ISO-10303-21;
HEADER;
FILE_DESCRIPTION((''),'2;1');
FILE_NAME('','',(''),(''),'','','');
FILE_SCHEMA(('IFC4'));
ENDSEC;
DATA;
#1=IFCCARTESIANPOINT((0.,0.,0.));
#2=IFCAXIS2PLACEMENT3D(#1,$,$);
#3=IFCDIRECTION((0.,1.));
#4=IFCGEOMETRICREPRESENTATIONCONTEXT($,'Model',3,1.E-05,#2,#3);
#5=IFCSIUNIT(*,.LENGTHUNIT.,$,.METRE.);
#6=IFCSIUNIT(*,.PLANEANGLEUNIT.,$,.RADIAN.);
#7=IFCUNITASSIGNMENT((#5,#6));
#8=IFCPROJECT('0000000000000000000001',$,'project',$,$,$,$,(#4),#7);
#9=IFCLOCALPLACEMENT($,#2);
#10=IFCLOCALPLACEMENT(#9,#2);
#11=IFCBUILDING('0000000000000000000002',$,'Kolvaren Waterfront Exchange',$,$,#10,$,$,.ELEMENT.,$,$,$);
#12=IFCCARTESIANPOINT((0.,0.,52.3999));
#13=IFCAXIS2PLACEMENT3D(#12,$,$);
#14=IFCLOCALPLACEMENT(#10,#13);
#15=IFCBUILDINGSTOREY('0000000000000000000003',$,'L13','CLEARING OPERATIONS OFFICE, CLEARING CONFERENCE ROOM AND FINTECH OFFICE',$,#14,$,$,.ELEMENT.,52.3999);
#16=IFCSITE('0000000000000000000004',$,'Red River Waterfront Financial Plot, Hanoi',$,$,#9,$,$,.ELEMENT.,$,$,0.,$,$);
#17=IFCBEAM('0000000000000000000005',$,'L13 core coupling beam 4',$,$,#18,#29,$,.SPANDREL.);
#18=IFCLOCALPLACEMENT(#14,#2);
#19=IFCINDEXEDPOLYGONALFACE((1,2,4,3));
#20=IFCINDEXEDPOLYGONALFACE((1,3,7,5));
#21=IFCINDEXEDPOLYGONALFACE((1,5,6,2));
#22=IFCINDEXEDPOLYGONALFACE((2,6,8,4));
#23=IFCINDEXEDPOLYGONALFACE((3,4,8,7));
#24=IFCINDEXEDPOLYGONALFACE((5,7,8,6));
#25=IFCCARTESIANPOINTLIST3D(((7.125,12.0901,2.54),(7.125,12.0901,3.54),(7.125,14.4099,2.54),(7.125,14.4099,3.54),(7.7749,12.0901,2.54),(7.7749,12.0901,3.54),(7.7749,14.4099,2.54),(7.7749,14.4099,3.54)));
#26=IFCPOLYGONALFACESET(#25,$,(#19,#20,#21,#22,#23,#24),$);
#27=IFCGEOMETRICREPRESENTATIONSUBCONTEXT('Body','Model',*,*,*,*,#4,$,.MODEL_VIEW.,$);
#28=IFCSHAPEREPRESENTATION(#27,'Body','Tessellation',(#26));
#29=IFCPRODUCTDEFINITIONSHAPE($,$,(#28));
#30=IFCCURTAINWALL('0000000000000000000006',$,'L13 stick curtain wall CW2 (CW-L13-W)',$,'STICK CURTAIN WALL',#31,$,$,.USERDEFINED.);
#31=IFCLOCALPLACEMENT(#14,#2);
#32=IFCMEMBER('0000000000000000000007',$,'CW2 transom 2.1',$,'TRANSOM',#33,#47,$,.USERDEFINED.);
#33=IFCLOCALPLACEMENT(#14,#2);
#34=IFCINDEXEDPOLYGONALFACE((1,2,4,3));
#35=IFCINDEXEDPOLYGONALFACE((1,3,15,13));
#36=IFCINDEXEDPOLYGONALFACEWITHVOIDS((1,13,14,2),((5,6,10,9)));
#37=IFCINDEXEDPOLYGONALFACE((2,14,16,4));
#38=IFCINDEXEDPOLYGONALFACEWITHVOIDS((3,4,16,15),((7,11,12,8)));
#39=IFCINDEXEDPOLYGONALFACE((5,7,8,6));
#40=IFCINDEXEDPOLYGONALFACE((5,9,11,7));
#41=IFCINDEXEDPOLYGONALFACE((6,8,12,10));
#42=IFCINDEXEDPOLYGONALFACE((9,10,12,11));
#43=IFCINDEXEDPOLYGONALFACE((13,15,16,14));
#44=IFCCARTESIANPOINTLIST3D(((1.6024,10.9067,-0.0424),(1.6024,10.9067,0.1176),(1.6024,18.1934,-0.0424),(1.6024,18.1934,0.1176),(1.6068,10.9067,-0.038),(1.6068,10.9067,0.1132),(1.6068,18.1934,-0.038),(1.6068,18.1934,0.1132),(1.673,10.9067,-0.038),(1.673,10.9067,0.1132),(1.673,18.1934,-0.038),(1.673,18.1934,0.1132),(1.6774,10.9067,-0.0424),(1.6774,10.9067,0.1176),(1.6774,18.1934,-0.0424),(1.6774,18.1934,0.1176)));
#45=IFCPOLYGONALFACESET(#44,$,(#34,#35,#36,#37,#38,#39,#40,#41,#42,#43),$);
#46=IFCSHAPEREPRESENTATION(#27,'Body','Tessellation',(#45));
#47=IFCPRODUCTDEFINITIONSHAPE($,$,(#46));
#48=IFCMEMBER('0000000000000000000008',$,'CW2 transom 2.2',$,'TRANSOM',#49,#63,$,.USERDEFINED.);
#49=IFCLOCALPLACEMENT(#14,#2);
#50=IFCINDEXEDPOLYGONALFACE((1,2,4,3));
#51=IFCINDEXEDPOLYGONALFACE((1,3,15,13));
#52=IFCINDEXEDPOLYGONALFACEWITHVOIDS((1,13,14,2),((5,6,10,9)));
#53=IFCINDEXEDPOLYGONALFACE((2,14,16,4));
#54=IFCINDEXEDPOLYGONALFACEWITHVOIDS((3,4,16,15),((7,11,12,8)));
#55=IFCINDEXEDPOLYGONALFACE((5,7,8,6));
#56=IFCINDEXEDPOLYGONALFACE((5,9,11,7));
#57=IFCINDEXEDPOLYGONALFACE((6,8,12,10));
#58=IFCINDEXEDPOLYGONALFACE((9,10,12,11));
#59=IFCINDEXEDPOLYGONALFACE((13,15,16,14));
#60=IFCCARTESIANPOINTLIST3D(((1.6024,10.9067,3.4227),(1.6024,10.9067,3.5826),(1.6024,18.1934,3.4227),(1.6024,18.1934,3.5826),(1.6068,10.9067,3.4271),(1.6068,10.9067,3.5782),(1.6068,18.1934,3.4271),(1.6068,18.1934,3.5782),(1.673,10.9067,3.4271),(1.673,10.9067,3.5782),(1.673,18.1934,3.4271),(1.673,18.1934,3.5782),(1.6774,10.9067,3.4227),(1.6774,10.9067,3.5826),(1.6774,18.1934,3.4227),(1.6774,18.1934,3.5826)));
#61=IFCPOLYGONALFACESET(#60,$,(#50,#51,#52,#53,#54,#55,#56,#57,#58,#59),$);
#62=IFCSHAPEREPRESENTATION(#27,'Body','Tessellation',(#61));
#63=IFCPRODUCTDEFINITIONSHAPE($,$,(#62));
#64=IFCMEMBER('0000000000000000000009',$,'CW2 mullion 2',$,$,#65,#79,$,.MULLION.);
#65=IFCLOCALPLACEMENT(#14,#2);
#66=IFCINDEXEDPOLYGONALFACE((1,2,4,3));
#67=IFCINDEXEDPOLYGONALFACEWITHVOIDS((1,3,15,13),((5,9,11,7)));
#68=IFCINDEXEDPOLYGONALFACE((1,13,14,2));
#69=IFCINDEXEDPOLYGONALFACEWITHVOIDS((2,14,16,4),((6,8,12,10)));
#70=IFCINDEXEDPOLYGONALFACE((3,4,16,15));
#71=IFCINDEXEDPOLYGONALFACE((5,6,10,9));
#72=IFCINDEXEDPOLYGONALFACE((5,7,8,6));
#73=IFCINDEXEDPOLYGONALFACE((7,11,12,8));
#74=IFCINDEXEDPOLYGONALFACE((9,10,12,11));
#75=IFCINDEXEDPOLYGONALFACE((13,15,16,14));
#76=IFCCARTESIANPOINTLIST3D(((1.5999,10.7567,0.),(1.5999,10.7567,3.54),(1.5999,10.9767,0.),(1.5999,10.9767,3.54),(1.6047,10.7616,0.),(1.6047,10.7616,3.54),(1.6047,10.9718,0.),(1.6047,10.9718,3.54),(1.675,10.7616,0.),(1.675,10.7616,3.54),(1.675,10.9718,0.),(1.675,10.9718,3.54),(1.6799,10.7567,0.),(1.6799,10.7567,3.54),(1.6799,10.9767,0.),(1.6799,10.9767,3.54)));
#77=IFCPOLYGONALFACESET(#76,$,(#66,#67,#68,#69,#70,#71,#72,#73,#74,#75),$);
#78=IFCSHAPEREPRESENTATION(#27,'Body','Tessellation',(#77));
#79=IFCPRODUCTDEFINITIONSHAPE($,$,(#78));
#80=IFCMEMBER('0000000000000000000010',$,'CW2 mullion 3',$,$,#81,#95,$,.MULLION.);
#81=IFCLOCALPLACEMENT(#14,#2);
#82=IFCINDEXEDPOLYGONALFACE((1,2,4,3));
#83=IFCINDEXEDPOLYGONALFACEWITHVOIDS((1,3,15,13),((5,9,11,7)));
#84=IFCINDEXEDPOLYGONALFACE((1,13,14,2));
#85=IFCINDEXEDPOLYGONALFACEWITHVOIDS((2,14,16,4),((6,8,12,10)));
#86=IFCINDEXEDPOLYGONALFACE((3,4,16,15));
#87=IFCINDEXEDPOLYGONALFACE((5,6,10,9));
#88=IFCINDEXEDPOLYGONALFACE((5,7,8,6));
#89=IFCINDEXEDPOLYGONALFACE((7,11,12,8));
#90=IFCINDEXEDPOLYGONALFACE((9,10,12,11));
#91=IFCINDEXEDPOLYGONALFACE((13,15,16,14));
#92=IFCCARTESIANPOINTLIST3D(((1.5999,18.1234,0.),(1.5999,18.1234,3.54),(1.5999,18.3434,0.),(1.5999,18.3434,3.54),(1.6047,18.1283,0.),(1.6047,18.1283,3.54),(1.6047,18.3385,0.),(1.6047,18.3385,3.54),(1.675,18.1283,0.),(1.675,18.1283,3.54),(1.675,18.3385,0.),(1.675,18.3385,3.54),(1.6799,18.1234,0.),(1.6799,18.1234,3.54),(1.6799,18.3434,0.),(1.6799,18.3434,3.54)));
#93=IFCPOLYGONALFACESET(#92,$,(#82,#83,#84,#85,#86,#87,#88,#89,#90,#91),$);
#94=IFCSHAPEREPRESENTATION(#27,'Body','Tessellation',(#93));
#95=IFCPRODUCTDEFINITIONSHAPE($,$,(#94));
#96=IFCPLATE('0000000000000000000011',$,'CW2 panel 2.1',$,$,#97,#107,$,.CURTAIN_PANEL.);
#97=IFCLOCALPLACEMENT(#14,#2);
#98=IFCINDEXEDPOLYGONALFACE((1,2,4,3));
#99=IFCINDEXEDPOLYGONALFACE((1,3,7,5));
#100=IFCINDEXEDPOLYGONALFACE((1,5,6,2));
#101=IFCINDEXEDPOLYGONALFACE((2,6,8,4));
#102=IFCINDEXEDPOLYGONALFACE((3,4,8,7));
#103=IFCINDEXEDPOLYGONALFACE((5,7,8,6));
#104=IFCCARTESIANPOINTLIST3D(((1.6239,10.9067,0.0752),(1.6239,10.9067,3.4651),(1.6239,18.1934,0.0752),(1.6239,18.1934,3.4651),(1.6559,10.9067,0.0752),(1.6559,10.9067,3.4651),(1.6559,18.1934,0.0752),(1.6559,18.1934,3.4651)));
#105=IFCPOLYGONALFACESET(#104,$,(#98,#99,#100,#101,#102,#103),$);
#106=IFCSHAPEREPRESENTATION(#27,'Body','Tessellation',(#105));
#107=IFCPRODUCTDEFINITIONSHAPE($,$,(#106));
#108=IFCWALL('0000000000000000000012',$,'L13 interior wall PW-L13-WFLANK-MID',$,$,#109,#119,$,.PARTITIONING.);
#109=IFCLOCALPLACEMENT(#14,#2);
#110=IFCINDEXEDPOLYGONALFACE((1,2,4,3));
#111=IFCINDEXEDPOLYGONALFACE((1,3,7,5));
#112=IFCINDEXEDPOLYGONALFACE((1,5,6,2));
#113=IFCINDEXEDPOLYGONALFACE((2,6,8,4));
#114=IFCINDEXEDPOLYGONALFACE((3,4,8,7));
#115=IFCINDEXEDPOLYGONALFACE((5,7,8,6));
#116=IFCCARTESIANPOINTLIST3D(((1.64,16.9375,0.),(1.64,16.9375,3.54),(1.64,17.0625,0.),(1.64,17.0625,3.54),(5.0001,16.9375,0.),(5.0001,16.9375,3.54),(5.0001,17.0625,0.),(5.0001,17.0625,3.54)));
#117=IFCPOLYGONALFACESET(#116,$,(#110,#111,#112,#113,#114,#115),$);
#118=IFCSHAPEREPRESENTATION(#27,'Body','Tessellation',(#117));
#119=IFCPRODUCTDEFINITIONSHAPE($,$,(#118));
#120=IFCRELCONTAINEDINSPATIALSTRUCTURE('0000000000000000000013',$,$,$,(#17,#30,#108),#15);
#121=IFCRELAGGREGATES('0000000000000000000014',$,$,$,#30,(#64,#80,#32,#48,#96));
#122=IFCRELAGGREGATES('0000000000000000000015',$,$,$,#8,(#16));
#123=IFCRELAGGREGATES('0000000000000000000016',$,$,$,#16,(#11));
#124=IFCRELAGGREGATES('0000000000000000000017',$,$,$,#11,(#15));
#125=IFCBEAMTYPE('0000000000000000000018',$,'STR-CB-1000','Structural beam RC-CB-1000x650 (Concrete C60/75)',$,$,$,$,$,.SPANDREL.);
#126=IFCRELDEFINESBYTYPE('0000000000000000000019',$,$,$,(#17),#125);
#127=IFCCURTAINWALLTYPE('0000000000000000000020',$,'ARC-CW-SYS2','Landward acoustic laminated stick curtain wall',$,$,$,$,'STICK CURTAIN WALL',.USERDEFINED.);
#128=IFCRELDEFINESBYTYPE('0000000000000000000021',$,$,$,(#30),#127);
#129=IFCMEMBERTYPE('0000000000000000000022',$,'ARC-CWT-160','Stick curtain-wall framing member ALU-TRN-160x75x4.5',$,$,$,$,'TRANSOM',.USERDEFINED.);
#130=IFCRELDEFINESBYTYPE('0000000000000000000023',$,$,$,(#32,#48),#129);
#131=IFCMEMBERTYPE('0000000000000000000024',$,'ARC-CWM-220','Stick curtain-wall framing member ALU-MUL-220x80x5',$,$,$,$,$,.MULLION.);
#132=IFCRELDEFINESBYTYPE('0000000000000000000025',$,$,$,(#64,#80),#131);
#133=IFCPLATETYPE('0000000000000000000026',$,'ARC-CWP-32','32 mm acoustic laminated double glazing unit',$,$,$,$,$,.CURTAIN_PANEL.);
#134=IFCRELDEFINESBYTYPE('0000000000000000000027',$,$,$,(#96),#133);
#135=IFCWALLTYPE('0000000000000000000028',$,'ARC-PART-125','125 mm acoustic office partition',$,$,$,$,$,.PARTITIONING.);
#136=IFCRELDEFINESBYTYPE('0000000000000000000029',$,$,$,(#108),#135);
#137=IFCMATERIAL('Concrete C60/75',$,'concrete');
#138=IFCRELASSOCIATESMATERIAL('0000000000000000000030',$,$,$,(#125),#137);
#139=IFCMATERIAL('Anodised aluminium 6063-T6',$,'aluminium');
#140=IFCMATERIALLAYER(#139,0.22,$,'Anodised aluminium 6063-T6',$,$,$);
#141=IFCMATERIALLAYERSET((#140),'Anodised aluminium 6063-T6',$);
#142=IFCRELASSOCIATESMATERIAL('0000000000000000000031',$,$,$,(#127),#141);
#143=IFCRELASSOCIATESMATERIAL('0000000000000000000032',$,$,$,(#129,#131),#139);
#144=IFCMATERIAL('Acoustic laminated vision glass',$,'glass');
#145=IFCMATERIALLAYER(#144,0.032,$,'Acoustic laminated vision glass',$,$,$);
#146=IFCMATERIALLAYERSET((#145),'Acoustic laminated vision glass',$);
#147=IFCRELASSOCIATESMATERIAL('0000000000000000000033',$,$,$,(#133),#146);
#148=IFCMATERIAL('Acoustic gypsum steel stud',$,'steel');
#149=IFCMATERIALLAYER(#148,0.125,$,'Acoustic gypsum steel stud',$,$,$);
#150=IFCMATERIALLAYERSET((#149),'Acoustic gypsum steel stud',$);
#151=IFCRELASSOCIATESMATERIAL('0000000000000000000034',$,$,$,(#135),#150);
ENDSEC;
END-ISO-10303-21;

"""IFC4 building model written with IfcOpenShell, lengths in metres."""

from ifc_helpers import new_model, si_unit, direction, frame, frame_2d, origin, origin_with_axes, origin_2d, place, context, subcontext, project, spatial, rectangle, hollow_rectangle, extrude, source, transform, mapped, material, layer, layer_set, material_profile, profile_set, type_object, element, aggregate, save


model = new_model("IFC4")

# Units and contexts
model_context = context("Model", 3, precision=1e-05, world=origin(), true_north=direction((0.0, 1.0)))
body_context = subcontext(model_context, "Body", "Model", "MODEL_VIEW")
ifc_project = project(units=[si_unit("LENGTHUNIT", "METRE"), si_unit("PLANEANGLEUNIT", "RADIAN")], contexts=[model_context])

# Site, building, storey
site_placement = place(None, origin())
site = spatial("IfcSite", under=ifc_project, at=site_placement, Name="Red River Waterfront Financial Plot, Hanoi", CompositionType="ELEMENT", RefElevation=0.0)
building_placement = place(site_placement, origin())
building = spatial("IfcBuilding", under=site, at=building_placement, Name="Kolvaren Waterfront Exchange", CompositionType="ELEMENT")
storey_placement = place(building_placement, frame((0.0, 0.0, 52.3999)))
storey = spatial("IfcBuildingStorey", under=building, at=storey_placement, Name="L13", Description="CLEARING OPERATIONS OFFICE, CLEARING CONFERENCE ROOM AND FINTECH OFFICE", CompositionType="ELEMENT", Elevation=52.3999)

# Beam
ifc_material_1 = material(Name="Concrete C60/75", Category="concrete")
ifc_material_profile_1 = material_profile(ifc_material_1, rectangle(XDim=0.6499, YDim=1.0, at=origin_2d()), Name="RC-CB-1000x650")
ifc_profile_set_1 = profile_set([ifc_material_profile_1], Name="Concrete C60/75")
beam_type = type_object("IfcBeamType", Name="STR-CB-1000", Description="Structural beam RC-CB-1000x650 (Concrete C60/75)", PredefinedType="SPANDREL", material=ifc_profile_set_1)
beam_placement = place(storey_placement, frame((7.45, 12.0901, 3.04), z_axis=(0.0, 1.0, 0.0), x_axis=(-1.0, 0.0, 0.0)))
element("IfcBeam", 1, at=beam_placement, inside=storey, type_object=beam_type, Name="L13 core coupling beam 4", PredefinedType="SPANDREL", context=body_context, shape_type="SweptSolid", body=[
    extrude(rectangle(XDim=0.6499, YDim=1.0, at=origin_2d()), origin(), (0.0, 0.0, 1.0), 2.3198),
])

# Curtain wall, members, plate
ifc_material_2 = material(Name="Anodised aluminium 6063-T6", Category="aluminium")
ifc_layer_1 = layer(ifc_material_2, 0.22, Name="Anodised aluminium 6063-T6")
ifc_layer_set_1 = layer_set([ifc_layer_1], Name="Anodised aluminium 6063-T6")
curtain_wall_type = type_object("IfcCurtainWallType", Name="ARC-CW-SYS2", Description="Landward acoustic laminated stick curtain wall", ElementType="STICK CURTAIN WALL", PredefinedType="USERDEFINED", material=ifc_layer_set_1)
curtain_wall_placement = place(storey_placement, origin())
curtain_wall = element("IfcCurtainWall", 2, at=curtain_wall_placement, inside=storey, type_object=curtain_wall_type, Name="L13 stick curtain wall CW2 (CW-L13-W)", ObjectType="STICK CURTAIN WALL", PredefinedType="USERDEFINED")
ifc_material_profile_2 = material_profile(ifc_material_2, hollow_rectangle(XDim=0.075, YDim=0.1599, WallThickness=0.0044, at=origin_2d()), Name="ALU-TRN-160x75x4.5")
ifc_profile_set_2 = profile_set([ifc_material_profile_2], Name="Anodised aluminium 6063-T6")
member_type_1 = type_object("IfcMemberType", Name="ARC-CWT-160", Description="Stick curtain-wall framing member ALU-TRN-160x75x4.5", ElementType="TRANSOM", PredefinedType="USERDEFINED", material=ifc_profile_set_2)
shared_shape_1 = source(origin_with_axes(), body_context, "Body", "SweptSolid", [
    extrude(hollow_rectangle(XDim=0.075, YDim=0.1599, WallThickness=0.0044, at=origin_2d()), origin(), (0.0, 0.0, 1.0), 7.2866),
])
member_1_placement = place(storey_placement, frame((1.6399, 10.9067, 0.0376), z_axis=(0.0, 1.0, 0.0), x_axis=(-1.0, 0.0, 0.0)))
member_1 = element("IfcMember", 3, at=member_1_placement, type_object=member_type_1, Name="CW2 transom 2.1", ObjectType="TRANSOM", PredefinedType="USERDEFINED", context=body_context, shape_type="MappedRepresentation", body=[
    mapped(shared_shape_1, transform((0.0, 0.0, 0.0), x_axis=(1.0, 0.0, 0.0), y_axis=(0.0, 1.0, 0.0), z_axis=(0.0, 0.0, 1.0), scale=1.0)),
])
member_2_placement = place(storey_placement, frame((1.6399, 10.9067, 3.5027), z_axis=(0.0, 1.0, 0.0), x_axis=(-1.0, 0.0, 0.0)))
member_2 = element("IfcMember", 4, at=member_2_placement, type_object=member_type_1, Name="CW2 transom 2.2", ObjectType="TRANSOM", PredefinedType="USERDEFINED", context=body_context, shape_type="MappedRepresentation", body=[
    mapped(shared_shape_1, transform((0.0, 0.0, 0.0), x_axis=(1.0, 0.0, 0.0), y_axis=(0.0, 1.0, 0.0), z_axis=(0.0, 0.0, 1.0), scale=1.0)),
])
ifc_material_profile_3 = material_profile(ifc_material_2, hollow_rectangle(XDim=0.0801, YDim=0.22, WallThickness=0.0049, at=origin_2d()), Name="ALU-MUL-220x80x5")
ifc_profile_set_3 = profile_set([ifc_material_profile_3], Name="Anodised aluminium 6063-T6")
member_type_2 = type_object("IfcMemberType", Name="ARC-CWM-220", Description="Stick curtain-wall framing member ALU-MUL-220x80x5", PredefinedType="MULLION", material=ifc_profile_set_3)
shared_shape_2 = source(origin_with_axes(), body_context, "Body", "SweptSolid", [
    extrude(hollow_rectangle(XDim=0.0801, YDim=0.22, WallThickness=0.0049, at=origin_2d()), origin(), (0.0, 0.0, 1.0), 3.54),
])
member_3_placement = place(storey_placement, frame((1.6399, 10.8667, 0.0), z_axis=(0.0, 0.0, 1.0), x_axis=(-1.0, 0.0, 0.0)))
member_3 = element("IfcMember", 5, at=member_3_placement, type_object=member_type_2, Name="CW2 mullion 2", PredefinedType="MULLION", context=body_context, shape_type="MappedRepresentation", body=[
    mapped(shared_shape_2, transform((0.0, 0.0, 0.0), x_axis=(1.0, 0.0, 0.0), y_axis=(0.0, 1.0, 0.0), z_axis=(0.0, 0.0, 1.0), scale=1.0)),
])
member_4_placement = place(storey_placement, frame((1.6399, 18.2334, 0.0), z_axis=(0.0, 0.0, 1.0), x_axis=(-1.0, 0.0, 0.0)))
member_4 = element("IfcMember", 6, at=member_4_placement, type_object=member_type_2, Name="CW2 mullion 3", PredefinedType="MULLION", context=body_context, shape_type="MappedRepresentation", body=[
    mapped(shared_shape_2, transform((0.0, 0.0, 0.0), x_axis=(1.0, 0.0, 0.0), y_axis=(0.0, 1.0, 0.0), z_axis=(0.0, 0.0, 1.0), scale=1.0)),
])
ifc_material_3 = material(Name="Acoustic laminated vision glass", Category="glass")
ifc_layer_2 = layer(ifc_material_3, 0.032, Name="Acoustic laminated vision glass")
ifc_layer_set_2 = layer_set([ifc_layer_2], Name="Acoustic laminated vision glass")
plate_type = type_object("IfcPlateType", Name="ARC-CWP-32", Description="32 mm acoustic laminated double glazing unit", PredefinedType="CURTAIN_PANEL", material=ifc_layer_set_2)
shared_shape_3 = source(origin_with_axes(), body_context, "Body", "SweptSolid", [
    extrude(rectangle(XDim=7.2866, YDim=0.032, at=origin_2d()), origin(), (0.0, 0.0, 1.0), 3.3899),
])
plate_placement = place(storey_placement, frame((1.6399, 14.55, 0.0752), z_axis=(0.0, 0.0, 1.0), x_axis=(0.0, 1.0, 0.0)))
plate = element("IfcPlate", 7, at=plate_placement, type_object=plate_type, Name="CW2 panel 2.1", PredefinedType="CURTAIN_PANEL", context=body_context, shape_type="MappedRepresentation", body=[
    mapped(shared_shape_3, transform((0.0, 0.0, 0.0), x_axis=(1.0, 0.0, 0.0), y_axis=(0.0, 1.0, 0.0), z_axis=(0.0, 0.0, 1.0), scale=1.0)),
])
aggregate(curtain_wall, [member_3, member_4, member_1, member_2, plate])

# Wall
ifc_material_4 = material(Name="Acoustic gypsum steel stud", Category="steel")
ifc_layer_3 = layer(ifc_material_4, 0.125, Name="Acoustic gypsum steel stud")
ifc_layer_set_3 = layer_set([ifc_layer_3], Name="Acoustic gypsum steel stud")
wall_type_1 = type_object("IfcWallType", Name="ARC-PART-125", Description="125 mm acoustic office partition", PredefinedType="PARTITIONING", material=ifc_layer_set_3)
wall_1_placement = place(storey_placement, frame((1.6399, 17.0, 0.0), z_axis=(0.0, 0.0, 1.0), x_axis=(1.0, 0.0, 0.0)))
element("IfcWall", 8, at=wall_1_placement, inside=storey, type_object=wall_type_1, Name="L13 interior wall PW-L13-WFLANK-MID", PredefinedType="PARTITIONING", context=body_context, shape_type="SweptSolid", body=[
    extrude(rectangle(XDim=3.3601, YDim=0.125, at=frame_2d((1.6802, 0.0))), origin(), (0.0, 0.0, 1.0), 3.54),
])

save(model, "model.ifc")
